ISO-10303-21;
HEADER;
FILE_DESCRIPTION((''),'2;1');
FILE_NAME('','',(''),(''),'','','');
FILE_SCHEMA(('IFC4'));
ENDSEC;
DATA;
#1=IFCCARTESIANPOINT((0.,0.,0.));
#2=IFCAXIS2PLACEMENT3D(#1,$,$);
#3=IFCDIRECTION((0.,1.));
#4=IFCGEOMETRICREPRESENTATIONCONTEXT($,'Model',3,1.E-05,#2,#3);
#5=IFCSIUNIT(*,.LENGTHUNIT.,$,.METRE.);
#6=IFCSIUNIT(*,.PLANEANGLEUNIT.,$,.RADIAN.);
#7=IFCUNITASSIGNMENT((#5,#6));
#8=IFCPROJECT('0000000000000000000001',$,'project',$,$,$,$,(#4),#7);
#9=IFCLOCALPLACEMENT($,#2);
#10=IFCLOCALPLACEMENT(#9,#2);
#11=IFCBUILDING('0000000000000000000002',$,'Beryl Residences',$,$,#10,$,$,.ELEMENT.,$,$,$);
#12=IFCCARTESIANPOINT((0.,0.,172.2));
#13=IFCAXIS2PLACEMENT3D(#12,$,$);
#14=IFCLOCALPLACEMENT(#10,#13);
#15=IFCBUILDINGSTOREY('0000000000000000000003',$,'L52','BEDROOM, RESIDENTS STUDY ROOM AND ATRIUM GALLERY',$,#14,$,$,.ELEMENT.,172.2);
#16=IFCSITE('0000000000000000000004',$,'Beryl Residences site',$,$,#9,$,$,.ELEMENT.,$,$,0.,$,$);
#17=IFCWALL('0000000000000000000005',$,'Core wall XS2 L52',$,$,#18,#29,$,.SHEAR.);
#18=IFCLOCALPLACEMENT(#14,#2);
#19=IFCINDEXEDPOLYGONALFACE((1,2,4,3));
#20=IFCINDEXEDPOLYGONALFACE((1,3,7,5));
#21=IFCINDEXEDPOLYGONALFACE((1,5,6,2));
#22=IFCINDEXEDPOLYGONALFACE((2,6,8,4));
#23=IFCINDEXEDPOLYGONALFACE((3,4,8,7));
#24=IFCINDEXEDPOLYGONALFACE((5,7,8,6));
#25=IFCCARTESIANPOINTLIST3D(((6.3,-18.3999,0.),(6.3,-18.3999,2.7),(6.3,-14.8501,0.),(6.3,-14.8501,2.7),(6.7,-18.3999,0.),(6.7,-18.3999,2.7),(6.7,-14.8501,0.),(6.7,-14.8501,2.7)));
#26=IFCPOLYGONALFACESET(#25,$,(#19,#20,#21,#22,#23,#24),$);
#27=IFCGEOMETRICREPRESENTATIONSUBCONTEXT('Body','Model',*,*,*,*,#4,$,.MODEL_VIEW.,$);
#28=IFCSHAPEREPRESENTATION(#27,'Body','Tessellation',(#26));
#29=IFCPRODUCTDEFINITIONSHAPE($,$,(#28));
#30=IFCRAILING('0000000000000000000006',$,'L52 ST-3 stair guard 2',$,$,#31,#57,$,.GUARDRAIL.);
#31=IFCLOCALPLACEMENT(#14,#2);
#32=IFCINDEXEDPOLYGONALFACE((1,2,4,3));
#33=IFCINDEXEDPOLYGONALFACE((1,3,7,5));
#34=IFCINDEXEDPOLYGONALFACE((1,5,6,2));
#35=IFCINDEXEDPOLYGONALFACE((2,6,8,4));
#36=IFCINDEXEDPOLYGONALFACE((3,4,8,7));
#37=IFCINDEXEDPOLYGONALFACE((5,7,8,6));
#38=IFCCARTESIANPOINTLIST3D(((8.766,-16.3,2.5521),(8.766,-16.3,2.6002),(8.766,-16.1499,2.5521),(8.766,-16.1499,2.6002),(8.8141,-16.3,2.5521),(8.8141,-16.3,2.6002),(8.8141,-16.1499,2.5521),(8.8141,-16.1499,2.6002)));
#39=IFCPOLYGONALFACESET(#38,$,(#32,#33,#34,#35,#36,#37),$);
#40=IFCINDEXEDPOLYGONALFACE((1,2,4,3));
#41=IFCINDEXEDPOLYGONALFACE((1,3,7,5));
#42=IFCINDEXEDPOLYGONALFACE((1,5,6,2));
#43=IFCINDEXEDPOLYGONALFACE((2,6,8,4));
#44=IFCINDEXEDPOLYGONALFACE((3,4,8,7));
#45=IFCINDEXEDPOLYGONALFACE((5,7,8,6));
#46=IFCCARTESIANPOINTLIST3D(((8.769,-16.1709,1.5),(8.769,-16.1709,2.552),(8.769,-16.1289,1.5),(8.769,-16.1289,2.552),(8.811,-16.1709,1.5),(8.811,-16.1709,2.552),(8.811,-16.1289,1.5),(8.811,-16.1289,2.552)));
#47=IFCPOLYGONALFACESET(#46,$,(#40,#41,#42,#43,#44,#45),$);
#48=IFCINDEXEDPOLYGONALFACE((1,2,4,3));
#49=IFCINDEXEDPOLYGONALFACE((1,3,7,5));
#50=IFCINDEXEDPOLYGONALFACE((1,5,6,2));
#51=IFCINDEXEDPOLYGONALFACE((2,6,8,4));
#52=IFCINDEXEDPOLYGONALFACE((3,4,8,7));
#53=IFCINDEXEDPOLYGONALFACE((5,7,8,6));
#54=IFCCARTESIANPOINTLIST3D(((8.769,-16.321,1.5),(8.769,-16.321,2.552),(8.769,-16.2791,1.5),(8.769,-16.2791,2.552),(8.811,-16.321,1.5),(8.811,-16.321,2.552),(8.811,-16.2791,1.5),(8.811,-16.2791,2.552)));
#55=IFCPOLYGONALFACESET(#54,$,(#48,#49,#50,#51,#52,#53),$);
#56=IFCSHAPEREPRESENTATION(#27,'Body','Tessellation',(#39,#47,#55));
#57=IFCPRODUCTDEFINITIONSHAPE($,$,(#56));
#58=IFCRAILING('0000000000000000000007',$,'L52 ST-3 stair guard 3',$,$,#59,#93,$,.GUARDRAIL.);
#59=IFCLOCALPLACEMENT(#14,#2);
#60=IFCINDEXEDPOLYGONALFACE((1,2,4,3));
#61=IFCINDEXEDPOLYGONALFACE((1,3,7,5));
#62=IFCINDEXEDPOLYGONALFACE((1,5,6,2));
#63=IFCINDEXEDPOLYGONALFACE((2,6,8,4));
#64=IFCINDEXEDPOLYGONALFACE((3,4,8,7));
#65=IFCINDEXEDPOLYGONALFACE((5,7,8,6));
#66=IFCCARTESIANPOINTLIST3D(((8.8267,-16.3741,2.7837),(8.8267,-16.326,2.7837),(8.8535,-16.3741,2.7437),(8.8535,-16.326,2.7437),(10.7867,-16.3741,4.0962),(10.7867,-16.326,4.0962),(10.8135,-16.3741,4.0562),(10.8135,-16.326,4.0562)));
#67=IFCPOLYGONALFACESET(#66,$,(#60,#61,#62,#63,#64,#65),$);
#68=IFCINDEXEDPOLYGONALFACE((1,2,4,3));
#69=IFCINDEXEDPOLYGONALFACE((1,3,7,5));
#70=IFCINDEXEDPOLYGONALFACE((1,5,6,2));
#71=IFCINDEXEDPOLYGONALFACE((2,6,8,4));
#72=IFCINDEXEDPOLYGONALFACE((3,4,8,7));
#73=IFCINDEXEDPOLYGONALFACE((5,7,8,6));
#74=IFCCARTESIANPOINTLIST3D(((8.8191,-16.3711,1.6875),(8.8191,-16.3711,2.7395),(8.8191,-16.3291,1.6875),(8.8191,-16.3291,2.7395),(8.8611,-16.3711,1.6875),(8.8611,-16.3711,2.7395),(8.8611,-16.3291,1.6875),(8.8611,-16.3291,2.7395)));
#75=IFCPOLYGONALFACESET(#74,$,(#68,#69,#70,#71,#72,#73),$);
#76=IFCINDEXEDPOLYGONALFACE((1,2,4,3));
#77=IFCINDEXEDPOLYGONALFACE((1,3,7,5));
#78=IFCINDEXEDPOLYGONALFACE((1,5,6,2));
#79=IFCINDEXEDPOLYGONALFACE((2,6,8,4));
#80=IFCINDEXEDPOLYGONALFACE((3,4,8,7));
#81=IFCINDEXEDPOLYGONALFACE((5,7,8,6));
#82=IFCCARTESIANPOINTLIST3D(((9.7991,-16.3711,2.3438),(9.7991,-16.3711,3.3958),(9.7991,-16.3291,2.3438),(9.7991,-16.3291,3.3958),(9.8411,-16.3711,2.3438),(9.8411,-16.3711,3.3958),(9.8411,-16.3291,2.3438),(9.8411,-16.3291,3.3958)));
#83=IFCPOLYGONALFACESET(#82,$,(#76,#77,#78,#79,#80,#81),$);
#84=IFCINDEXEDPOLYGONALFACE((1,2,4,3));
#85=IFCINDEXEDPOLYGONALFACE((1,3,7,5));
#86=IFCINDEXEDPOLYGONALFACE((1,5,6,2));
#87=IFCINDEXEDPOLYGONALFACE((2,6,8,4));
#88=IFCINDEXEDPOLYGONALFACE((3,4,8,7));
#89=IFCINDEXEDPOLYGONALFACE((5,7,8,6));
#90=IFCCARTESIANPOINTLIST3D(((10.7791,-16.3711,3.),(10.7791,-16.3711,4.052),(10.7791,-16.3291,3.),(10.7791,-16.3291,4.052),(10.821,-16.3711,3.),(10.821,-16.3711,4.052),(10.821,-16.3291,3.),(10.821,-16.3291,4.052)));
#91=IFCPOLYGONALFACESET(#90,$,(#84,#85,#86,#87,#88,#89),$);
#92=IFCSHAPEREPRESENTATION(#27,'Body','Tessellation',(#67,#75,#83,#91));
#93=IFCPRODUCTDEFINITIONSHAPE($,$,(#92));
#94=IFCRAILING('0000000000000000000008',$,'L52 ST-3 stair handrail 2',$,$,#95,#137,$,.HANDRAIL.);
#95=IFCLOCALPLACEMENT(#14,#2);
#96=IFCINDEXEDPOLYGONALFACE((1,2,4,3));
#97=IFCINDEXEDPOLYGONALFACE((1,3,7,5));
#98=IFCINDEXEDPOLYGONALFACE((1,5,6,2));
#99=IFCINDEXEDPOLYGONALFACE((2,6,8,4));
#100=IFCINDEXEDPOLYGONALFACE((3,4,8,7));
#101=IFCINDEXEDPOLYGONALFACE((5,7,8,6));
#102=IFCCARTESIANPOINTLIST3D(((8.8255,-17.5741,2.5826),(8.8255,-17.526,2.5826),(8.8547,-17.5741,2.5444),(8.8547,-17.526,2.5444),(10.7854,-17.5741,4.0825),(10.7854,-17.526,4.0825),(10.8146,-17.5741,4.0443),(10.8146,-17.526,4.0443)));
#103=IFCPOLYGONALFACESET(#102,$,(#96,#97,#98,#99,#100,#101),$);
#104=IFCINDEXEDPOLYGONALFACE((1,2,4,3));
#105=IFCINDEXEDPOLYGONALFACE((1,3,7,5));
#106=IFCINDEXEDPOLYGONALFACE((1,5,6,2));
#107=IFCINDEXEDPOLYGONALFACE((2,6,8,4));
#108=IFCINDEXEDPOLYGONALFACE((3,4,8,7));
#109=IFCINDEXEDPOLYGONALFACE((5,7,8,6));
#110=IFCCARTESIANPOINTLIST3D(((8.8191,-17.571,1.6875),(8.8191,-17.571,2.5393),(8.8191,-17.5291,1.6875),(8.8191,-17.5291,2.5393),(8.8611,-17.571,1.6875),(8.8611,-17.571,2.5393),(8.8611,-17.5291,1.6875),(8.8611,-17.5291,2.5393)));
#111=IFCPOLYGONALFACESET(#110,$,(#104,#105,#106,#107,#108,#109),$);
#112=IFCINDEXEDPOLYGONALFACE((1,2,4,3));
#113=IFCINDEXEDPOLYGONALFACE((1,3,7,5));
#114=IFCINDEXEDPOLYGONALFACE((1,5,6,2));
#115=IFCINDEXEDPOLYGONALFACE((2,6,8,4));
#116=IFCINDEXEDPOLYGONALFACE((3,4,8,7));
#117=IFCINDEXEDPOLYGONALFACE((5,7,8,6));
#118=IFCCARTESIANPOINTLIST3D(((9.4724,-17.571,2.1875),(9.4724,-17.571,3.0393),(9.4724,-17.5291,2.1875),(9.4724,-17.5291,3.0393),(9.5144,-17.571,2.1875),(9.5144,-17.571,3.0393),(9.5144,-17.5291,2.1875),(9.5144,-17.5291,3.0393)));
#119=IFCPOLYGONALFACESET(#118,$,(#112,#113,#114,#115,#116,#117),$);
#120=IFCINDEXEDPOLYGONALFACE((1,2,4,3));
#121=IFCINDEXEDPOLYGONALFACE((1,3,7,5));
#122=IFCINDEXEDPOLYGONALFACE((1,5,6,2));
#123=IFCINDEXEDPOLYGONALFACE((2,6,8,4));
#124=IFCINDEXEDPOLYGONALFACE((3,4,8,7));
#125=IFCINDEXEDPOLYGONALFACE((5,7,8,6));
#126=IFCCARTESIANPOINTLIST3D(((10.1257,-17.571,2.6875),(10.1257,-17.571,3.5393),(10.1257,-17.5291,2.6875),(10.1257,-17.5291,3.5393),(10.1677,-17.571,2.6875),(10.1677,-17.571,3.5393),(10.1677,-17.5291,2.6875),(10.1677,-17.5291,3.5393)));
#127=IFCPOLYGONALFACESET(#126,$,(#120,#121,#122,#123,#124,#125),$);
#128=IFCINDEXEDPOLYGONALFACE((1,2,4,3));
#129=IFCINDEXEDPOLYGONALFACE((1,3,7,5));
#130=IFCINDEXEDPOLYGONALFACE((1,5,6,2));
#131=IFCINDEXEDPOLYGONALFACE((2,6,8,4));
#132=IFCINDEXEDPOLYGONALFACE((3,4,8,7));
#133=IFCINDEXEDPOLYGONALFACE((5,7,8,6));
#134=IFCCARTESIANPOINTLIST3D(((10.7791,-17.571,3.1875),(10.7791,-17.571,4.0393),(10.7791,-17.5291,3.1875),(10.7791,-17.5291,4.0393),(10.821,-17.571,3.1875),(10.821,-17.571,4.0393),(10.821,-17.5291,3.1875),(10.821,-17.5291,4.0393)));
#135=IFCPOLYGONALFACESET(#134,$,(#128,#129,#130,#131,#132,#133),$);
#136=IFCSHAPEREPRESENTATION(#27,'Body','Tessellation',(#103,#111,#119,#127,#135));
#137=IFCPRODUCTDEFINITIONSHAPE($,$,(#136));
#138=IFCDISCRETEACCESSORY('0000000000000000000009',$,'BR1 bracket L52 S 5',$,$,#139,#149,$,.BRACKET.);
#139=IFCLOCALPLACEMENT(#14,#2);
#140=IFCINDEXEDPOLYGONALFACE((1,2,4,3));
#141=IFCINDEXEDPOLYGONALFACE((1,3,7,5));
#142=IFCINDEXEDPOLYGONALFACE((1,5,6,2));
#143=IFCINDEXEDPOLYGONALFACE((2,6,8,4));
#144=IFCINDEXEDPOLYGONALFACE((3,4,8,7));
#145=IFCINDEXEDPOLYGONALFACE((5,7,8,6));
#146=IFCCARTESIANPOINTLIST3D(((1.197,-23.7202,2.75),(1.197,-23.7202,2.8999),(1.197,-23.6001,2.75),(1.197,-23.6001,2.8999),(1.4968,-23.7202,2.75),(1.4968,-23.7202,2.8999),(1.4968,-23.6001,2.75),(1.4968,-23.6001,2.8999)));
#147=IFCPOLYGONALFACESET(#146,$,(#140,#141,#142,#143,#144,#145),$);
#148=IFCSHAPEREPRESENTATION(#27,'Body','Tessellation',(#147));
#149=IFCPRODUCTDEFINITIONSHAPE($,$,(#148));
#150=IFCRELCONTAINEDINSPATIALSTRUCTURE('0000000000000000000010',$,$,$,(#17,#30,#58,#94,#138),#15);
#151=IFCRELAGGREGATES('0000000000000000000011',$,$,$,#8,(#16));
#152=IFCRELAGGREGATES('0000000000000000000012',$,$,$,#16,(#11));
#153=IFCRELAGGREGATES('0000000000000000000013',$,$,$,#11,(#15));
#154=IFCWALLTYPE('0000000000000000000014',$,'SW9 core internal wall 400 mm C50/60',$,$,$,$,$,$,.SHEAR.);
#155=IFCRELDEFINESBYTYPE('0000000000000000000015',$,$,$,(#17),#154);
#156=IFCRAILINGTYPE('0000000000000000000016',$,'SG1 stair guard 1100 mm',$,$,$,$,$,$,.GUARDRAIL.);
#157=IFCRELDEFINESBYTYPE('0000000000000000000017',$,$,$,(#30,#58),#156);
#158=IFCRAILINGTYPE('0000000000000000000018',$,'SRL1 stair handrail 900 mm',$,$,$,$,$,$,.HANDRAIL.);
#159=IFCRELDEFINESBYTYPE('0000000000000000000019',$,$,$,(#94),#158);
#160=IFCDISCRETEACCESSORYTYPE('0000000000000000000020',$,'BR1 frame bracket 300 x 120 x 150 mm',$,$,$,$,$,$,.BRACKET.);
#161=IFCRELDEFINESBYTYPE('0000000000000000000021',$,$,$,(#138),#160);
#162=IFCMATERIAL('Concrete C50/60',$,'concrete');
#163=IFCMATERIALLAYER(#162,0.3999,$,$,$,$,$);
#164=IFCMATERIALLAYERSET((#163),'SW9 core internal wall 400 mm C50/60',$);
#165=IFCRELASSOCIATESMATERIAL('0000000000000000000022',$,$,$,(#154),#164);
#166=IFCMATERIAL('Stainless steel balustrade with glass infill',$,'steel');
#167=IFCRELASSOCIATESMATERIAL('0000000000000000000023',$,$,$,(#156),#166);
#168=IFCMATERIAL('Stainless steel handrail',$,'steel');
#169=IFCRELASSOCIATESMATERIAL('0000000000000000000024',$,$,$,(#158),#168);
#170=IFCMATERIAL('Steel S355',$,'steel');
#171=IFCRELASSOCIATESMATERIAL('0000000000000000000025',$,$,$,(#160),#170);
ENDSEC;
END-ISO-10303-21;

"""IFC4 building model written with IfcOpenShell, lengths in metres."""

from ifc_helpers import new_model, si_unit, direction, frame, frame_2d, origin, origin_2d, place, context, subcontext, project, spatial, polyline, rectangle, outline, extrude, source, transform, mapped, material, layer, layer_set, type_object, type_shapes, element, save


model = new_model("IFC4")

# Units and contexts
model_context = context("Model", 3, precision=1e-05, world=origin(), true_north=direction((0.0, 1.0)))
body_context = subcontext(model_context, "Body", "Model", "MODEL_VIEW")
ifc_project = project(units=[si_unit("LENGTHUNIT", "METRE"), si_unit("PLANEANGLEUNIT", "RADIAN")], contexts=[model_context])

# Site, building, storey
site_placement = place(None, origin())
site = spatial("IfcSite", under=ifc_project, at=site_placement, Name="Beryl Residences site", CompositionType="ELEMENT", RefElevation=0.0)
building_placement = place(site_placement, origin())
building = spatial("IfcBuilding", under=site, at=building_placement, Name="Beryl Residences", CompositionType="ELEMENT")
storey_placement = place(building_placement, frame((0.0, 0.0, 172.2)))
storey = spatial("IfcBuildingStorey", under=building, at=storey_placement, Name="L52", Description="BEDROOM, RESIDENTS STUDY ROOM AND ATRIUM GALLERY", CompositionType="ELEMENT", Elevation=172.2)

# Wall
ifc_material_1 = material(Name="Concrete C50/60", Category="concrete")
ifc_layer_1 = layer(ifc_material_1, 0.3999)
ifc_layer_set_1 = layer_set([ifc_layer_1], Name="SW9 core internal wall 400 mm C50/60")
wall_type_1 = type_object("IfcWallType", Name="SW9 core internal wall 400 mm C50/60", PredefinedType="SHEAR", material=ifc_layer_set_1)
wall_1_placement = place(storey_placement, frame((6.5, -18.3999, 0.0), z_axis=(0.0, 0.0, 1.0), x_axis=(0.0, 1.0, 0.0)))
element("IfcWall", 1, at=wall_1_placement, inside=storey, type_object=wall_type_1, Name="Core wall XS2 L52", PredefinedType="SHEAR", context=body_context, shape_type="SweptSolid", body=[
    extrude(rectangle(XDim=3.5498, YDim=0.3999, at=frame_2d((1.7749, 0.0))), origin(), (0.0, 0.0, 1.0), 2.7),
])

# Railings
ifc_material_2 = material(Name="Stainless steel balustrade with glass infill", Category="steel")
railing_type_1 = type_object("IfcRailingType", Name="SG1 stair guard 1100 mm", PredefinedType="GUARDRAIL", material=ifc_material_2)
railing_1_placement = place(storey_placement, frame((8.79, -16.1499, 1.5)))
element("IfcRailing", 2, at=railing_1_placement, inside=storey, type_object=railing_type_1, Name="L52 ST-3 stair guard 2", PredefinedType="GUARDRAIL", context=body_context, shape_type="SweptSolid", body=[
    extrude(rectangle(XDim=0.0481, YDim=0.0481, at=origin_2d()), frame((0.0, 0.0, 1.0762), z_axis=(0.0, -1.0, 0.0), x_axis=(1.0, 0.0, 0.0)), (0.0, 0.0, 1.0), 0.1501),
    extrude(rectangle(XDim=0.042, YDim=0.042, at=origin_2d()), origin(), (0.0, 0.0, 1.0), 1.052),
    extrude(rectangle(XDim=0.042, YDim=0.042, at=origin_2d()), frame((0.0, -0.1501, 0.0)), (0.0, 0.0, 1.0), 1.052),
])
railing_2_placement = place(storey_placement, frame((8.8401, -16.3501, 1.6875)))
element("IfcRailing", 3, at=railing_2_placement, inside=storey, type_object=railing_type_1, Name="L52 ST-3 stair guard 3", PredefinedType="GUARDRAIL", context=body_context, shape_type="SweptSolid", body=[
    extrude(rectangle(XDim=0.0481, YDim=0.0481, at=origin_2d()), frame((0.0, 0.0, 1.0762), z_axis=(0.830902, 0.0, 0.556419), x_axis=(0.0, 1.0, 0.0)), (0.0, 0.0, 1.0), 2.3589),
    extrude(rectangle(XDim=0.042, YDim=0.042, at=origin_2d()), origin(), (0.0, 0.0, 1.0), 1.052),
    extrude(rectangle(XDim=0.042, YDim=0.042, at=origin_2d()), frame((0.98, 0.0, 0.6562)), (0.0, 0.0, 1.0), 1.052),
    extrude(rectangle(XDim=0.042, YDim=0.042, at=origin_2d()), frame((1.96, 0.0, 1.3125)), (0.0, 0.0, 1.0), 1.052),
])
ifc_material_3 = material(Name="Stainless steel handrail", Category="steel")
railing_type_2 = type_object("IfcRailingType", Name="SRL1 stair handrail 900 mm", PredefinedType="HANDRAIL", material=ifc_material_3)
railing_3_placement = place(storey_placement, frame((8.8401, -17.55, 1.6875)))
element("IfcRailing", 4, at=railing_3_placement, inside=storey, type_object=railing_type_2, Name="L52 ST-3 stair handrail 2", PredefinedType="HANDRAIL", context=body_context, shape_type="SweptSolid", body=[
    extrude(rectangle(XDim=0.0481, YDim=0.0481, at=origin_2d()), frame((0.0, 0.0, 0.876), z_axis=(0.794122, 0.0, 0.607758), x_axis=(0.0, 1.0, 0.0)), (0.0, 0.0, 1.0), 2.468),
    extrude(rectangle(XDim=0.042, YDim=0.042, at=origin_2d()), origin(), (0.0, 0.0, 1.0), 0.8518),
    extrude(rectangle(XDim=0.042, YDim=0.042, at=origin_2d()), frame((0.6533, 0.0, 0.5)), (0.0, 0.0, 1.0), 0.8518),
    extrude(rectangle(XDim=0.042, YDim=0.042, at=origin_2d()), frame((1.3066, 0.0, 1.0)), (0.0, 0.0, 1.0), 0.8518),
    extrude(rectangle(XDim=0.042, YDim=0.042, at=origin_2d()), frame((1.96, 0.0, 1.5)), (0.0, 0.0, 1.0), 0.8518),
])

# Discrete accessory
ifc_material_4 = material(Name="Steel S355", Category="steel")
discrete_accessory_type = type_object("IfcDiscreteAccessoryType", Name="BR1 frame bracket 300 x 120 x 150 mm", PredefinedType="BRACKET", material=ifc_material_4)
shared_shape_1 = source(origin(), body_context, "Body", "SweptSolid", [
    extrude(outline(polyline([(-0.1499, 0.0), (0.1499, 0.0), (0.1499, 0.1201), (-0.1499, 0.1201), (-0.1499, 0.0)])), origin(), (0.0, 0.0, 1.0), 0.1499),
])
type_shapes(discrete_accessory_type, [shared_shape_1])
discrete_accessory_placement = place(storey_placement, frame((1.3469, -23.6001, 2.75), z_axis=(0.0, 0.0, 1.0), x_axis=(-1.0, 0.0, 0.0)))
element("IfcDiscreteAccessory", 5, at=discrete_accessory_placement, inside=storey, type_object=discrete_accessory_type, Name="BR1 bracket L52 S 5", PredefinedType="BRACKET", context=body_context, shape_type="MappedRepresentation", body=[
    mapped(shared_shape_1, transform((0.0, 0.0, 0.0))),
])

save(model, "model.ifc")
